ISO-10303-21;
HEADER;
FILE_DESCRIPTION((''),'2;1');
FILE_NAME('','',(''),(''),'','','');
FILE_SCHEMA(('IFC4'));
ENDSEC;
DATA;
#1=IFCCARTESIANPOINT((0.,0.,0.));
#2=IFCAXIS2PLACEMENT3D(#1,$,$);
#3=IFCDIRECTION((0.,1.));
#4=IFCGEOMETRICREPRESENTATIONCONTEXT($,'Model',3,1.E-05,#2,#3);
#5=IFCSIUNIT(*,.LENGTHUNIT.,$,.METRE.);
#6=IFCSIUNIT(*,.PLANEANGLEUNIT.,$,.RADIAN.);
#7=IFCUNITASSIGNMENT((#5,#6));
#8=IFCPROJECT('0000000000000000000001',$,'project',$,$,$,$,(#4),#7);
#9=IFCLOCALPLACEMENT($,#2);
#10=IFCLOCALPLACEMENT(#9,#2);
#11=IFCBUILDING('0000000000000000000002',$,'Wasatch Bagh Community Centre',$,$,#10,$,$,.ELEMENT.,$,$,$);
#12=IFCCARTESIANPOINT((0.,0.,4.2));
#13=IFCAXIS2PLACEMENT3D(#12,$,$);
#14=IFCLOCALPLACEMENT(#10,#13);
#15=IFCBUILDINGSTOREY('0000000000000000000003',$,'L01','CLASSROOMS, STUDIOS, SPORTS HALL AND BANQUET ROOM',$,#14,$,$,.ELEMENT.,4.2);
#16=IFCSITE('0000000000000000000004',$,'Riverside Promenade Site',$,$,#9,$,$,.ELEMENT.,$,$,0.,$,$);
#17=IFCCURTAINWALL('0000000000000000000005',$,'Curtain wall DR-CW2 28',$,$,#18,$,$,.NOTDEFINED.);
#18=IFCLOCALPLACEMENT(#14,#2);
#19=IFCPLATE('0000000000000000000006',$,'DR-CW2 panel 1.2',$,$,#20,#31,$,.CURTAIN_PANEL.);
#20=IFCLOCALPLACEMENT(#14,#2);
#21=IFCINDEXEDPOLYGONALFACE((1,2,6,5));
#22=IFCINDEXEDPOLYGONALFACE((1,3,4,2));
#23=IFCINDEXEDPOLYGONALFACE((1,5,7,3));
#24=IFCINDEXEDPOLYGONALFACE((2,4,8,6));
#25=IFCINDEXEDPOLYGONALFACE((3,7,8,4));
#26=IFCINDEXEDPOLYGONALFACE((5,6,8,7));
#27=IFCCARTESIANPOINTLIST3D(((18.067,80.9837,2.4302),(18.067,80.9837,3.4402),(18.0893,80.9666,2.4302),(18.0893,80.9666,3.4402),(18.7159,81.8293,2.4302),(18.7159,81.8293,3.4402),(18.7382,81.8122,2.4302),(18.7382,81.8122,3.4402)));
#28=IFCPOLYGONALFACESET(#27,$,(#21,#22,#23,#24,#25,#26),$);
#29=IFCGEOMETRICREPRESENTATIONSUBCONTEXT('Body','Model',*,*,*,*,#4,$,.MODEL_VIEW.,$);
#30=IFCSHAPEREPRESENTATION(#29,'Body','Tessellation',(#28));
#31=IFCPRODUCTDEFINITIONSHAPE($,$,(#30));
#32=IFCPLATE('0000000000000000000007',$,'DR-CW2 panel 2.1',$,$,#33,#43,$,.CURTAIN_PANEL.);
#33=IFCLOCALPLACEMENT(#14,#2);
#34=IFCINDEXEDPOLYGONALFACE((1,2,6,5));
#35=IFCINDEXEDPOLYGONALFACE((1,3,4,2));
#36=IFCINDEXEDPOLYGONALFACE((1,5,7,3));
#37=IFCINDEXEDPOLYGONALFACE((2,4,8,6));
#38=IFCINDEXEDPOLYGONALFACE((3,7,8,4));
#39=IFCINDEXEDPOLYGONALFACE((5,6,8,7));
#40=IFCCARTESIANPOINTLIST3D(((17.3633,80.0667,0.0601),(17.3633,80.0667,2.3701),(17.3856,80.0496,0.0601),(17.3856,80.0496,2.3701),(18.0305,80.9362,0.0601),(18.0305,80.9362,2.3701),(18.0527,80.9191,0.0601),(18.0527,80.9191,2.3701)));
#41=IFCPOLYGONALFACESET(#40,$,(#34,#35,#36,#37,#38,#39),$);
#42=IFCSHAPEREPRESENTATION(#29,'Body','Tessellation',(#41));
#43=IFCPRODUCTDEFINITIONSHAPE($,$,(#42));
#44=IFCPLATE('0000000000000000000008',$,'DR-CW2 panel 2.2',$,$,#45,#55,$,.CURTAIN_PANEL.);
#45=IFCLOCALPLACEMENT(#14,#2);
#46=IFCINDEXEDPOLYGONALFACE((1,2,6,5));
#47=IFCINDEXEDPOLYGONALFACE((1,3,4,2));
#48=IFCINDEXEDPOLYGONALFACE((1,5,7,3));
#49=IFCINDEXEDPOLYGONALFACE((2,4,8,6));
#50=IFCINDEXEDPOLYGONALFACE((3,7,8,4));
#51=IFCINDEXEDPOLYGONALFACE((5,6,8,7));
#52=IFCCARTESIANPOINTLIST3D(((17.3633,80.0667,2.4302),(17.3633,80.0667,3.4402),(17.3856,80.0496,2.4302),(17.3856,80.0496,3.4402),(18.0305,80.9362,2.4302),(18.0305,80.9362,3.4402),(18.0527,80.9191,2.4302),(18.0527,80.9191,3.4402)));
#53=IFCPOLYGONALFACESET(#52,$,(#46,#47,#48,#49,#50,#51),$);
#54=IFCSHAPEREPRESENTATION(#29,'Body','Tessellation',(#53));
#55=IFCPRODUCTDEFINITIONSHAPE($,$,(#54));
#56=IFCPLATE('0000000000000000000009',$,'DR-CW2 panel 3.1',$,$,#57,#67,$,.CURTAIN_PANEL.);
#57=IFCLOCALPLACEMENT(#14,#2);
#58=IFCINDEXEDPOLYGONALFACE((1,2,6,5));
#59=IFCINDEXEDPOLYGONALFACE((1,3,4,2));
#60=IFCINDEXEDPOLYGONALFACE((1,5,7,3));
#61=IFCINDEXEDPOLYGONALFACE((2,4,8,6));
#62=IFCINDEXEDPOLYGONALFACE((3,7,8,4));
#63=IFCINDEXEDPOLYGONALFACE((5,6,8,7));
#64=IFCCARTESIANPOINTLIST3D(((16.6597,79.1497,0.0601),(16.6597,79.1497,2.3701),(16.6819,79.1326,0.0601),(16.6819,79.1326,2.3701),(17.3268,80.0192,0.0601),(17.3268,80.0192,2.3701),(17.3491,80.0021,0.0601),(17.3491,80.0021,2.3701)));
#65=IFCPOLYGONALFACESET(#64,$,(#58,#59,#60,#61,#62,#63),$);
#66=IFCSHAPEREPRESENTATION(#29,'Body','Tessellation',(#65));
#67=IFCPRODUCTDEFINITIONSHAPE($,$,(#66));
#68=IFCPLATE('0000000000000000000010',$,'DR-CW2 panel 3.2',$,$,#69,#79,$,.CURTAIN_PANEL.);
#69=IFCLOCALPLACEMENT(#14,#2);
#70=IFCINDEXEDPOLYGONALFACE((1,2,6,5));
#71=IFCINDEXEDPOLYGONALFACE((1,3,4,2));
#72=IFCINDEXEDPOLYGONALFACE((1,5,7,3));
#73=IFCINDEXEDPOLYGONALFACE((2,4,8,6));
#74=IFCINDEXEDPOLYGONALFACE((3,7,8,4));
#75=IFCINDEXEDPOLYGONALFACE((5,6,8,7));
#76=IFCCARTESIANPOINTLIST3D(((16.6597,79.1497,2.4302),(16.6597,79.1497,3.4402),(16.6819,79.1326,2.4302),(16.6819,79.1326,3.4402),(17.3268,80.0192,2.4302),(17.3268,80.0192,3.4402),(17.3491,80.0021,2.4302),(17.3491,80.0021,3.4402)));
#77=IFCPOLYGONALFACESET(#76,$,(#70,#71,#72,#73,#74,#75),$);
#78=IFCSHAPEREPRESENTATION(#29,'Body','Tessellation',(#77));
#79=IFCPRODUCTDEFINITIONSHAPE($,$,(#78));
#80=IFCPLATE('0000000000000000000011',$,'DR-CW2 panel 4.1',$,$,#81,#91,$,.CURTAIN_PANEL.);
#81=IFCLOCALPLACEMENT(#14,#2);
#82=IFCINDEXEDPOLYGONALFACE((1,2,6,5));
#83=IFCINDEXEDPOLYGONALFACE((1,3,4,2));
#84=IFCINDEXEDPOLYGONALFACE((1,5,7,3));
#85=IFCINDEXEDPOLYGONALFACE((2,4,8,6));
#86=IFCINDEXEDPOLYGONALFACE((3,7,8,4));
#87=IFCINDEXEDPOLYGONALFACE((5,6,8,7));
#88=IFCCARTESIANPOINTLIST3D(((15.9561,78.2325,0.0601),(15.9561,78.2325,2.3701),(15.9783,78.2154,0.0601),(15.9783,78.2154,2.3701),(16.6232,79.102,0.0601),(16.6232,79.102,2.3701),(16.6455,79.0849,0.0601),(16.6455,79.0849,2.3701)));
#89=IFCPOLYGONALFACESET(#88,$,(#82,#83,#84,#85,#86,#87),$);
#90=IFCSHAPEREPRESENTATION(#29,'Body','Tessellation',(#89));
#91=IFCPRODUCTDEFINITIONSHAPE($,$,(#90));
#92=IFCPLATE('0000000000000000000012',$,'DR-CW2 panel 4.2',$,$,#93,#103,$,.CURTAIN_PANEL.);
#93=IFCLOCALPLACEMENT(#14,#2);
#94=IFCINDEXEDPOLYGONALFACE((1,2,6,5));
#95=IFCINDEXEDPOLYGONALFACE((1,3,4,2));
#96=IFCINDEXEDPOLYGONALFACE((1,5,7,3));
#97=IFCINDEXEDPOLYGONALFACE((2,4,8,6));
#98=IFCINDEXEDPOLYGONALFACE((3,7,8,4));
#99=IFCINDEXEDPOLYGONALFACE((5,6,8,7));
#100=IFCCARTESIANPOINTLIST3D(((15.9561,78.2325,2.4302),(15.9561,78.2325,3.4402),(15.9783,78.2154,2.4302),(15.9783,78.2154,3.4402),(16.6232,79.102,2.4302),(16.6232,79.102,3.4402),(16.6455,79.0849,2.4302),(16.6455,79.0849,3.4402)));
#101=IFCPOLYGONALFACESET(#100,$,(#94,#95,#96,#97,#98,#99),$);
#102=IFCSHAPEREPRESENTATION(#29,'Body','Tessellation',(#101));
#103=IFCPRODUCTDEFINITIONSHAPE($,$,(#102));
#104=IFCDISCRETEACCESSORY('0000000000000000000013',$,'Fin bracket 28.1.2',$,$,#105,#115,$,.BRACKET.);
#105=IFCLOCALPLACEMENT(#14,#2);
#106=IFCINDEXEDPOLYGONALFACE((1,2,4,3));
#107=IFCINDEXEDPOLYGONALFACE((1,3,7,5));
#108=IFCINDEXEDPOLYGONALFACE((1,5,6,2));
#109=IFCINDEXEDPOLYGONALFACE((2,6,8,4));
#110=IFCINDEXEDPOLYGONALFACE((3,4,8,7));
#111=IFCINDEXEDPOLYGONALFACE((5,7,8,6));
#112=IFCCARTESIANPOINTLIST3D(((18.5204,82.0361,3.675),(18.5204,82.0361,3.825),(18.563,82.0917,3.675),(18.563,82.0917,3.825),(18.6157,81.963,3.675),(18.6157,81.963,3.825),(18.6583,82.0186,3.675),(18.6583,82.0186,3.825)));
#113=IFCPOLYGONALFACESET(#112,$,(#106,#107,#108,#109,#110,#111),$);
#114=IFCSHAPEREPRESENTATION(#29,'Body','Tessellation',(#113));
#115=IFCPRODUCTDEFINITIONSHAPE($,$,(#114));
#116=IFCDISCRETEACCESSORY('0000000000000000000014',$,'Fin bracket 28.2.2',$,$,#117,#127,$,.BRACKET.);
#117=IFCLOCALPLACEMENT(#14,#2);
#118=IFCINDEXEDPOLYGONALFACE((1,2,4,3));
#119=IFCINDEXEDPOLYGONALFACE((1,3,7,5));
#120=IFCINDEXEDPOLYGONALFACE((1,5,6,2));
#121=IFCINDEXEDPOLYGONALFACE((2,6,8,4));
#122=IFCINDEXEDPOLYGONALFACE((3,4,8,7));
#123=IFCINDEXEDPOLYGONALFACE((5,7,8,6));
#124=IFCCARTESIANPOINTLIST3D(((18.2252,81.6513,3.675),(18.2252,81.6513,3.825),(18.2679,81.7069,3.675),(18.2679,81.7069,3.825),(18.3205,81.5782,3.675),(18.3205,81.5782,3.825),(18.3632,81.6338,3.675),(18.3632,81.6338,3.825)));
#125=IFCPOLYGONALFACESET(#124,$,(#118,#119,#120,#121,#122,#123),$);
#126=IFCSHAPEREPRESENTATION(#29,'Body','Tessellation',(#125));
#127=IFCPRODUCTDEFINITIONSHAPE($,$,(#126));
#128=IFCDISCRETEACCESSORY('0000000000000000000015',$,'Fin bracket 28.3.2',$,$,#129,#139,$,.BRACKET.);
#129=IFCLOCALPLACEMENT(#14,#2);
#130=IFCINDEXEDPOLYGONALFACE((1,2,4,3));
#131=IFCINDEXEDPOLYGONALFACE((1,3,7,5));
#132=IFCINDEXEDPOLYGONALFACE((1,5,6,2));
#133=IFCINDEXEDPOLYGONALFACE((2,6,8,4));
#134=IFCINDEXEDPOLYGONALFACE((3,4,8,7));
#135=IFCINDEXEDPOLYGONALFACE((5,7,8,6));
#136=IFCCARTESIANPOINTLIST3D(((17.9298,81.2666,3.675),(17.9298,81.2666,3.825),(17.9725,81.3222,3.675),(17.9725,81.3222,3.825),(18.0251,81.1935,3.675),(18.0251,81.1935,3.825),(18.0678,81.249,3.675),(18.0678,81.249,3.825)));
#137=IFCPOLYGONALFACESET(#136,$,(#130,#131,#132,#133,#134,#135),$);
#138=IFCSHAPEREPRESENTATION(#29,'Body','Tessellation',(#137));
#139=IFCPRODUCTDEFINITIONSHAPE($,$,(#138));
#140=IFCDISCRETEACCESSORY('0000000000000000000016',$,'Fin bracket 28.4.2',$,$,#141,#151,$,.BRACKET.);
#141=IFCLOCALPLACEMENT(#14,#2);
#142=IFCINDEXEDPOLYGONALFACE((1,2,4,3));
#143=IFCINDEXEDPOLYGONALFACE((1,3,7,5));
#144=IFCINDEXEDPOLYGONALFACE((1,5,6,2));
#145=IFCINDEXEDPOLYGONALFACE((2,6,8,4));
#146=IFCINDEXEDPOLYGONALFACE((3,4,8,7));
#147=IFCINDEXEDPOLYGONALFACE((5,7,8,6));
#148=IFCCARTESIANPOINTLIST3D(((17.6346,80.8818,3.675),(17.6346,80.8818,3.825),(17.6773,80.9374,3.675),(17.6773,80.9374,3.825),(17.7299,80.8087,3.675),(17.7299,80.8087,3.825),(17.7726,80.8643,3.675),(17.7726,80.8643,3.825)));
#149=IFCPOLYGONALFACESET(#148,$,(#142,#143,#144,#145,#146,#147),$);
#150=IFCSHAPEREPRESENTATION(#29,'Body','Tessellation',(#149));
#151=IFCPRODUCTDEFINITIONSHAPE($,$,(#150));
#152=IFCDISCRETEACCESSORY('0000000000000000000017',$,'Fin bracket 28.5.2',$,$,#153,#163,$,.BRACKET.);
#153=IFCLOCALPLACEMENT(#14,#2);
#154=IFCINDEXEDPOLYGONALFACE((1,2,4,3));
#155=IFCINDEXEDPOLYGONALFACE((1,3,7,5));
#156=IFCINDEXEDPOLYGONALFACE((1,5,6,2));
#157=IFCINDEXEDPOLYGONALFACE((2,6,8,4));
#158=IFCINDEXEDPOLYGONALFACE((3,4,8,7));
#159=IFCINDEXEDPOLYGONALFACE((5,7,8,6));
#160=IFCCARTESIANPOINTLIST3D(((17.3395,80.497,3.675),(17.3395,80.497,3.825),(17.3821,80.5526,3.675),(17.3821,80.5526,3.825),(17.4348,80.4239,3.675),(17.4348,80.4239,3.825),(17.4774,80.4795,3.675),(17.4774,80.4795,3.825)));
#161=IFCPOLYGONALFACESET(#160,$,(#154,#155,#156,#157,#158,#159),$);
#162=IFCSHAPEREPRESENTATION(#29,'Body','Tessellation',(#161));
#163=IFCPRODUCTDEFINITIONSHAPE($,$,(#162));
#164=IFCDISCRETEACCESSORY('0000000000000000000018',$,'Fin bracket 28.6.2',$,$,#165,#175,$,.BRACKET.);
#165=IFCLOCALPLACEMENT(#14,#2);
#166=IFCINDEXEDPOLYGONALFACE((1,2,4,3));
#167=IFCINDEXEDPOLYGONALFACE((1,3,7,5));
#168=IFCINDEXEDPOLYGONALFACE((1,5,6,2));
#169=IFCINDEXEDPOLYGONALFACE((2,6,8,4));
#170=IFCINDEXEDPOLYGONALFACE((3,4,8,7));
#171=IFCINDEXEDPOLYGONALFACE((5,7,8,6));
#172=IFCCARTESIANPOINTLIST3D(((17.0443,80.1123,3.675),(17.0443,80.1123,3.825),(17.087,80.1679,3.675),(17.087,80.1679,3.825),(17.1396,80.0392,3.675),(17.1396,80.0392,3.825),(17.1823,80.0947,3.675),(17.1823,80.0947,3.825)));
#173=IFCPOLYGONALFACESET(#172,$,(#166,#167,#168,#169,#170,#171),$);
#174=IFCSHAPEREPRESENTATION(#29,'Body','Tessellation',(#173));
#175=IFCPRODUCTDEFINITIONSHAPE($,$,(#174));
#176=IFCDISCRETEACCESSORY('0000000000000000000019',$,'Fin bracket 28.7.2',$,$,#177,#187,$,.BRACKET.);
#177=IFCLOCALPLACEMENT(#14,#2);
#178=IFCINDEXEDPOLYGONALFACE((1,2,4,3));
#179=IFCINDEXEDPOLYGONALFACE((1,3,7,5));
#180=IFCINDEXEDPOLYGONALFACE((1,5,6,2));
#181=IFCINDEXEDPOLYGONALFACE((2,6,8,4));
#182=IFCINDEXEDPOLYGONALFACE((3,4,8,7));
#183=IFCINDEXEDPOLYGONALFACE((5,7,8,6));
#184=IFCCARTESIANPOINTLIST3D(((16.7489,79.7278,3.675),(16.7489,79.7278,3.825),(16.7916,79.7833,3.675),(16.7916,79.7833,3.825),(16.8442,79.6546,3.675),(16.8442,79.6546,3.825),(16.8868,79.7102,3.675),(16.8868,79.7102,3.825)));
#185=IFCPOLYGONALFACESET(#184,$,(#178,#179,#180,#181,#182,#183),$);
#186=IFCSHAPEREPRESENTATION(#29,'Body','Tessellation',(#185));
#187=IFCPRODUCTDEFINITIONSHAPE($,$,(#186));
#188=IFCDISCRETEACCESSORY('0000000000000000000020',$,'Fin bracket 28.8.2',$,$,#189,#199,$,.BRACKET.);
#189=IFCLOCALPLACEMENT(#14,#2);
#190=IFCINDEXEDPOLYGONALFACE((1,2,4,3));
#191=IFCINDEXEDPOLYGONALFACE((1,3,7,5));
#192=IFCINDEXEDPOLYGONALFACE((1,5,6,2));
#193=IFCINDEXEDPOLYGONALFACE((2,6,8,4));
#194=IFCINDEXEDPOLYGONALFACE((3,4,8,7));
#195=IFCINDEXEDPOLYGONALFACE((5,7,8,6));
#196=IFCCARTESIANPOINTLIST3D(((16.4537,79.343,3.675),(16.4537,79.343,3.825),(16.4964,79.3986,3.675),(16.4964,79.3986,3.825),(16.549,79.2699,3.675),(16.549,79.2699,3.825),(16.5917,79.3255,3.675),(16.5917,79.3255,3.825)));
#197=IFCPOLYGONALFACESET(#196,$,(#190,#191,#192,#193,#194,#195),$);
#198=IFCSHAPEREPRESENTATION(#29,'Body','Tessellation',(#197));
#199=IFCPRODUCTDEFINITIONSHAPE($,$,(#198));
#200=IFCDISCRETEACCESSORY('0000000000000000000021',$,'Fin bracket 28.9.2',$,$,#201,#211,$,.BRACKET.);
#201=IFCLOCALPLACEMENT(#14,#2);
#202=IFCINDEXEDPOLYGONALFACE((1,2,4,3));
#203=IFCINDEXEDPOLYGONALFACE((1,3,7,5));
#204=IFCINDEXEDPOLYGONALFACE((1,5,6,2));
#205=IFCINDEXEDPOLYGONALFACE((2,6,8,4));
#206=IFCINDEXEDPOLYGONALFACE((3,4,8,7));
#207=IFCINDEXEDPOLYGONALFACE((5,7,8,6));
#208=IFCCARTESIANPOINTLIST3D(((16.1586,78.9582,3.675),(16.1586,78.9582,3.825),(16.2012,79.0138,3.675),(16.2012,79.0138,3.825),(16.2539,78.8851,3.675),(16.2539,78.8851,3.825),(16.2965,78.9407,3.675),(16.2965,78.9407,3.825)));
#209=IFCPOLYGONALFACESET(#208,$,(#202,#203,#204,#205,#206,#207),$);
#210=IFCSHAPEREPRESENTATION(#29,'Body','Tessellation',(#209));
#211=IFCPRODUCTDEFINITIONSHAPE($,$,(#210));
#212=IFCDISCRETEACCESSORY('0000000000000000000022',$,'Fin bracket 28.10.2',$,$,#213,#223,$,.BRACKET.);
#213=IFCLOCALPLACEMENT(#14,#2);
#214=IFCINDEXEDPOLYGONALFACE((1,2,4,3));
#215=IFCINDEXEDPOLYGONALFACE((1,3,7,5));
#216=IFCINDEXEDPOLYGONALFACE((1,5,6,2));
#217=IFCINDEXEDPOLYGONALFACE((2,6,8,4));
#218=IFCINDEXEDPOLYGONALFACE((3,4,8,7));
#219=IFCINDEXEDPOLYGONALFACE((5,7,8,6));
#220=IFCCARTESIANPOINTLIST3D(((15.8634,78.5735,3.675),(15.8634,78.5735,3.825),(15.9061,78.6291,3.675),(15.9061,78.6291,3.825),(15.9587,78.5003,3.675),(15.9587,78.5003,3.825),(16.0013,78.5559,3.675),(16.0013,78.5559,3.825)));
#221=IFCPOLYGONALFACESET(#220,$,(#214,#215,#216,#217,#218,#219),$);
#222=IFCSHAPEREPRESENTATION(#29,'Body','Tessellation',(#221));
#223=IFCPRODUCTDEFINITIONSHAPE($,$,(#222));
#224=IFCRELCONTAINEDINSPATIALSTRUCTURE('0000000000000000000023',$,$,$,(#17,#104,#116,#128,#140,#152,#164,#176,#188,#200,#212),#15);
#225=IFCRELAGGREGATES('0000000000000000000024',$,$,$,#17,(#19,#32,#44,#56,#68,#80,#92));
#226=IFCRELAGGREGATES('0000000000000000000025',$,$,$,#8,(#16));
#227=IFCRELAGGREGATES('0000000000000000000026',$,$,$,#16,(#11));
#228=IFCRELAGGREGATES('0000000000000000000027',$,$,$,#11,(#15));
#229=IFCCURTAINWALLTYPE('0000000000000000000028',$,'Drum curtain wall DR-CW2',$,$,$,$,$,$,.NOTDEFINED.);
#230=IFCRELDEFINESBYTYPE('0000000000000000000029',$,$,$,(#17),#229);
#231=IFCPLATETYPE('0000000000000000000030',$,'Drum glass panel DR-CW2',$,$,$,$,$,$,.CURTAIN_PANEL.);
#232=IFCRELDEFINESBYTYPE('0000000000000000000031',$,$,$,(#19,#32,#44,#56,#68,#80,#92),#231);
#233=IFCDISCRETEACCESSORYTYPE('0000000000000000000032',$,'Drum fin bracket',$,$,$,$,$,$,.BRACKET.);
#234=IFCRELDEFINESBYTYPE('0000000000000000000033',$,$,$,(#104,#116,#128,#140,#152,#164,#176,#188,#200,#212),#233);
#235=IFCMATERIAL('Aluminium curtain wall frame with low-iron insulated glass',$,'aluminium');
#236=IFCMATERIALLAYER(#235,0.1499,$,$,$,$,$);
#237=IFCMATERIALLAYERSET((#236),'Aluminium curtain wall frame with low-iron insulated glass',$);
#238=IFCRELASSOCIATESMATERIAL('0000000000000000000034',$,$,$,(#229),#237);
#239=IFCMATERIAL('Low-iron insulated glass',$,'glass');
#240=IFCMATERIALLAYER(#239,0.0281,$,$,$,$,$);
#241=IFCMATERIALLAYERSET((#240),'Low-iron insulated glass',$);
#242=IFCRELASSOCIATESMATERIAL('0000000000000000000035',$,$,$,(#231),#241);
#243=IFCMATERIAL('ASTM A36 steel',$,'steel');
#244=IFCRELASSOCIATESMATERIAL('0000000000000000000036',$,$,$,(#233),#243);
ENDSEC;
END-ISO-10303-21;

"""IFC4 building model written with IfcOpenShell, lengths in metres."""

from ifc_helpers import new_model, si_unit, direction, frame, origin, origin_2d, place, context, subcontext, project, spatial, rectangle, extrude, material, layer, layer_set, type_object, element, aggregate, save


model = new_model("IFC4")

# Units and contexts
model_context = context("Model", 3, precision=1e-05, world=origin(), true_north=direction((0.0, 1.0)))
body_context = subcontext(model_context, "Body", "Model", "MODEL_VIEW")
ifc_project = project(units=[si_unit("LENGTHUNIT", "METRE"), si_unit("PLANEANGLEUNIT", "RADIAN")], contexts=[model_context])

# Site, building, storey
site_placement = place(None, origin())
site = spatial("IfcSite", under=ifc_project, at=site_placement, Name="Riverside Promenade Site", CompositionType="ELEMENT", RefElevation=0.0)
building_placement = place(site_placement, origin())
building = spatial("IfcBuilding", under=site, at=building_placement, Name="Wasatch Bagh Community Centre", CompositionType="ELEMENT")
storey_placement = place(building_placement, frame((0.0, 0.0, 4.2)))
storey = spatial("IfcBuildingStorey", under=building, at=storey_placement, Name="L01", Description="CLASSROOMS, STUDIOS, SPORTS HALL AND BANQUET ROOM", CompositionType="ELEMENT", Elevation=4.2)

# Curtain wall, plates
ifc_material_1 = material(Name="Aluminium curtain wall frame with low-iron insulated glass", Category="aluminium")
ifc_layer_1 = layer(ifc_material_1, 0.1499)
ifc_layer_set_1 = layer_set([ifc_layer_1], Name="Aluminium curtain wall frame with low-iron insulated glass")
curtain_wall_type = type_object("IfcCurtainWallType", Name="Drum curtain wall DR-CW2", PredefinedType="NOTDEFINED", material=ifc_layer_set_1)
curtain_wall_placement = place(storey_placement, origin())
curtain_wall = element("IfcCurtainWall", 1, at=curtain_wall_placement, inside=storey, type_object=curtain_wall_type, Name="Curtain wall DR-CW2 28", PredefinedType="NOTDEFINED")
ifc_material_2 = material(Name="Low-iron insulated glass", Category="glass")
ifc_layer_2 = layer(ifc_material_2, 0.0281)
ifc_layer_set_2 = layer_set([ifc_layer_2], Name="Low-iron insulated glass")
plate_type = type_object("IfcPlateType", Name="Drum glass panel DR-CW2", PredefinedType="CURTAIN_PANEL", material=ifc_layer_set_2)
plate_1_placement = place(storey_placement, frame((18.4026, 81.3979, 2.4302), z_axis=(0.0, 0.0, 1.0), x_axis=(-0.608761, -0.793353, 0.0)))
plate_1 = element("IfcPlate", 2, at=plate_1_placement, type_object=plate_type, Name="DR-CW2 panel 1.2", PredefinedType="CURTAIN_PANEL", context=body_context, shape_type="SweptSolid", body=[
    extrude(rectangle(XDim=1.0659, YDim=0.0281, at=origin_2d()), origin(), (0.0, 0.0, 1.0), 1.01),
])
plate_2_placement = place(storey_placement, frame((17.708, 80.4929, 0.0601), z_axis=(0.0, 0.0, 1.0), x_axis=(-0.608761, -0.793353, 0.0)))
plate_2 = element("IfcPlate", 3, at=plate_2_placement, type_object=plate_type, Name="DR-CW2 panel 2.1", PredefinedType="CURTAIN_PANEL", context=body_context, shape_type="SweptSolid", body=[
    extrude(rectangle(XDim=1.0959, YDim=0.0281, at=origin_2d()), origin(), (0.0, 0.0, 1.0), 2.3101),
])
plate_3_placement = place(storey_placement, frame((17.708, 80.4929, 2.4302), z_axis=(0.0, 0.0, 1.0), x_axis=(-0.608761, -0.793353, 0.0)))
plate_3 = element("IfcPlate", 4, at=plate_3_placement, type_object=plate_type, Name="DR-CW2 panel 2.2", PredefinedType="CURTAIN_PANEL", context=body_context, shape_type="SweptSolid", body=[
    extrude(rectangle(XDim=1.0959, YDim=0.0281, at=origin_2d()), origin(), (0.0, 0.0, 1.0), 1.01),
])
plate_4_placement = place(storey_placement, frame((17.0044, 79.5759, 0.0601), z_axis=(0.0, 0.0, 1.0), x_axis=(-0.608761, -0.793353, 0.0)))
plate_4 = element("IfcPlate", 5, at=plate_4_placement, type_object=plate_type, Name="DR-CW2 panel 3.1", PredefinedType="CURTAIN_PANEL", context=body_context, shape_type="SweptSolid", body=[
    extrude(rectangle(XDim=1.0959, YDim=0.0281, at=origin_2d()), origin(), (0.0, 0.0, 1.0), 2.3101),
])
plate_5_placement = place(storey_placement, frame((17.0044, 79.5759, 2.4302), z_axis=(0.0, 0.0, 1.0), x_axis=(-0.608761, -0.793353, 0.0)))
plate_5 = element("IfcPlate", 6, at=plate_5_placement, type_object=plate_type, Name="DR-CW2 panel 3.2", PredefinedType="CURTAIN_PANEL", context=body_context, shape_type="SweptSolid", body=[
    extrude(rectangle(XDim=1.0959, YDim=0.0281, at=origin_2d()), origin(), (0.0, 0.0, 1.0), 1.01),
])
plate_6_placement = place(storey_placement, frame((16.3008, 78.6587, 0.0601), z_axis=(0.0, 0.0, 1.0), x_axis=(-0.608761, -0.793353, 0.0)))
plate_6 = element("IfcPlate", 7, at=plate_6_placement, type_object=plate_type, Name="DR-CW2 panel 4.1", PredefinedType="CURTAIN_PANEL", context=body_context, shape_type="SweptSolid", body=[
    extrude(rectangle(XDim=1.0959, YDim=0.0281, at=origin_2d()), origin(), (0.0, 0.0, 1.0), 2.3101),
])
plate_7_placement = place(storey_placement, frame((16.3008, 78.6587, 2.4302), z_axis=(0.0, 0.0, 1.0), x_axis=(-0.608761, -0.793353, 0.0)))
plate_7 = element("IfcPlate", 8, at=plate_7_placement, type_object=plate_type, Name="DR-CW2 panel 4.2", PredefinedType="CURTAIN_PANEL", context=body_context, shape_type="SweptSolid", body=[
    extrude(rectangle(XDim=1.0959, YDim=0.0281, at=origin_2d()), origin(), (0.0, 0.0, 1.0), 1.01),
])
aggregate(curtain_wall, [plate_1, plate_2, plate_3, plate_4, plate_5, plate_6, plate_7])

# Discrete accessories
ifc_material_3 = material(Name="ASTM A36 steel", Category="steel")
discrete_accessory_type = type_object("IfcDiscreteAccessoryType", Name="Drum fin bracket", PredefinedType="BRACKET", material=ifc_material_3)
for number, where, z_axis, x_axis, name in (
    (9, (18.5894, 82.0273, 3.675), (0.0, 0.0, 1.0), (-0.608761, -0.793353, 0.0), "Fin bracket 28.1.2"),
    (10, (18.2942, 81.6426, 3.675), (0.0, 0.0, 1.0), (-0.608761, -0.793353, 0.0), "Fin bracket 28.2.2"),
    (11, (17.9988, 81.2578, 3.675), (0.0, 0.0, 1.0), (-0.608761, -0.793353, 0.0), "Fin bracket 28.3.2"),
    (12, (17.7036, 80.873, 3.675), (0.0, 0.0, 1.0), (-0.608761, -0.793353, 0.0), "Fin bracket 28.4.2"),
    (13, (17.4084, 80.4883, 3.675), (0.0, 0.0, 1.0), (-0.608761, -0.793353, 0.0), "Fin bracket 28.5.2"),
    (14, (17.1133, 80.1035, 3.675), (0.0, 0.0, 1.0), (-0.608761, -0.793353, 0.0), "Fin bracket 28.6.2"),
    (15, (16.8179, 79.719, 3.675), (0.0, 0.0, 1.0), (-0.608761, -0.793353, 0.0), "Fin bracket 28.7.2"),
    (16, (16.5227, 79.3342, 3.675), (0.0, 0.0, 1.0), (-0.608761, -0.793353, 0.0), "Fin bracket 28.8.2"),
    (17, (16.2275, 78.9495, 3.675), (0.0, 0.0, 1.0), (-0.608761, -0.793353, 0.0), "Fin bracket 28.9.2"),
    (18, (15.9324, 78.5647, 3.675), (0.0, 0.0, 1.0), (-0.608761, -0.793353, 0.0), "Fin bracket 28.10.2"),
):
    element("IfcDiscreteAccessory", number, at=place(storey_placement, frame(where, z_axis=z_axis, x_axis=x_axis)), inside=storey, type_object=discrete_accessory_type, Name=name, PredefinedType="BRACKET", context=body_context, shape_type="SweptSolid", body=[
        extrude(rectangle(XDim=0.0701, YDim=0.1201, at=origin_2d()), origin(), (0.0, 0.0, 1.0), 0.1499),
    ])

save(model, "model.ifc")
